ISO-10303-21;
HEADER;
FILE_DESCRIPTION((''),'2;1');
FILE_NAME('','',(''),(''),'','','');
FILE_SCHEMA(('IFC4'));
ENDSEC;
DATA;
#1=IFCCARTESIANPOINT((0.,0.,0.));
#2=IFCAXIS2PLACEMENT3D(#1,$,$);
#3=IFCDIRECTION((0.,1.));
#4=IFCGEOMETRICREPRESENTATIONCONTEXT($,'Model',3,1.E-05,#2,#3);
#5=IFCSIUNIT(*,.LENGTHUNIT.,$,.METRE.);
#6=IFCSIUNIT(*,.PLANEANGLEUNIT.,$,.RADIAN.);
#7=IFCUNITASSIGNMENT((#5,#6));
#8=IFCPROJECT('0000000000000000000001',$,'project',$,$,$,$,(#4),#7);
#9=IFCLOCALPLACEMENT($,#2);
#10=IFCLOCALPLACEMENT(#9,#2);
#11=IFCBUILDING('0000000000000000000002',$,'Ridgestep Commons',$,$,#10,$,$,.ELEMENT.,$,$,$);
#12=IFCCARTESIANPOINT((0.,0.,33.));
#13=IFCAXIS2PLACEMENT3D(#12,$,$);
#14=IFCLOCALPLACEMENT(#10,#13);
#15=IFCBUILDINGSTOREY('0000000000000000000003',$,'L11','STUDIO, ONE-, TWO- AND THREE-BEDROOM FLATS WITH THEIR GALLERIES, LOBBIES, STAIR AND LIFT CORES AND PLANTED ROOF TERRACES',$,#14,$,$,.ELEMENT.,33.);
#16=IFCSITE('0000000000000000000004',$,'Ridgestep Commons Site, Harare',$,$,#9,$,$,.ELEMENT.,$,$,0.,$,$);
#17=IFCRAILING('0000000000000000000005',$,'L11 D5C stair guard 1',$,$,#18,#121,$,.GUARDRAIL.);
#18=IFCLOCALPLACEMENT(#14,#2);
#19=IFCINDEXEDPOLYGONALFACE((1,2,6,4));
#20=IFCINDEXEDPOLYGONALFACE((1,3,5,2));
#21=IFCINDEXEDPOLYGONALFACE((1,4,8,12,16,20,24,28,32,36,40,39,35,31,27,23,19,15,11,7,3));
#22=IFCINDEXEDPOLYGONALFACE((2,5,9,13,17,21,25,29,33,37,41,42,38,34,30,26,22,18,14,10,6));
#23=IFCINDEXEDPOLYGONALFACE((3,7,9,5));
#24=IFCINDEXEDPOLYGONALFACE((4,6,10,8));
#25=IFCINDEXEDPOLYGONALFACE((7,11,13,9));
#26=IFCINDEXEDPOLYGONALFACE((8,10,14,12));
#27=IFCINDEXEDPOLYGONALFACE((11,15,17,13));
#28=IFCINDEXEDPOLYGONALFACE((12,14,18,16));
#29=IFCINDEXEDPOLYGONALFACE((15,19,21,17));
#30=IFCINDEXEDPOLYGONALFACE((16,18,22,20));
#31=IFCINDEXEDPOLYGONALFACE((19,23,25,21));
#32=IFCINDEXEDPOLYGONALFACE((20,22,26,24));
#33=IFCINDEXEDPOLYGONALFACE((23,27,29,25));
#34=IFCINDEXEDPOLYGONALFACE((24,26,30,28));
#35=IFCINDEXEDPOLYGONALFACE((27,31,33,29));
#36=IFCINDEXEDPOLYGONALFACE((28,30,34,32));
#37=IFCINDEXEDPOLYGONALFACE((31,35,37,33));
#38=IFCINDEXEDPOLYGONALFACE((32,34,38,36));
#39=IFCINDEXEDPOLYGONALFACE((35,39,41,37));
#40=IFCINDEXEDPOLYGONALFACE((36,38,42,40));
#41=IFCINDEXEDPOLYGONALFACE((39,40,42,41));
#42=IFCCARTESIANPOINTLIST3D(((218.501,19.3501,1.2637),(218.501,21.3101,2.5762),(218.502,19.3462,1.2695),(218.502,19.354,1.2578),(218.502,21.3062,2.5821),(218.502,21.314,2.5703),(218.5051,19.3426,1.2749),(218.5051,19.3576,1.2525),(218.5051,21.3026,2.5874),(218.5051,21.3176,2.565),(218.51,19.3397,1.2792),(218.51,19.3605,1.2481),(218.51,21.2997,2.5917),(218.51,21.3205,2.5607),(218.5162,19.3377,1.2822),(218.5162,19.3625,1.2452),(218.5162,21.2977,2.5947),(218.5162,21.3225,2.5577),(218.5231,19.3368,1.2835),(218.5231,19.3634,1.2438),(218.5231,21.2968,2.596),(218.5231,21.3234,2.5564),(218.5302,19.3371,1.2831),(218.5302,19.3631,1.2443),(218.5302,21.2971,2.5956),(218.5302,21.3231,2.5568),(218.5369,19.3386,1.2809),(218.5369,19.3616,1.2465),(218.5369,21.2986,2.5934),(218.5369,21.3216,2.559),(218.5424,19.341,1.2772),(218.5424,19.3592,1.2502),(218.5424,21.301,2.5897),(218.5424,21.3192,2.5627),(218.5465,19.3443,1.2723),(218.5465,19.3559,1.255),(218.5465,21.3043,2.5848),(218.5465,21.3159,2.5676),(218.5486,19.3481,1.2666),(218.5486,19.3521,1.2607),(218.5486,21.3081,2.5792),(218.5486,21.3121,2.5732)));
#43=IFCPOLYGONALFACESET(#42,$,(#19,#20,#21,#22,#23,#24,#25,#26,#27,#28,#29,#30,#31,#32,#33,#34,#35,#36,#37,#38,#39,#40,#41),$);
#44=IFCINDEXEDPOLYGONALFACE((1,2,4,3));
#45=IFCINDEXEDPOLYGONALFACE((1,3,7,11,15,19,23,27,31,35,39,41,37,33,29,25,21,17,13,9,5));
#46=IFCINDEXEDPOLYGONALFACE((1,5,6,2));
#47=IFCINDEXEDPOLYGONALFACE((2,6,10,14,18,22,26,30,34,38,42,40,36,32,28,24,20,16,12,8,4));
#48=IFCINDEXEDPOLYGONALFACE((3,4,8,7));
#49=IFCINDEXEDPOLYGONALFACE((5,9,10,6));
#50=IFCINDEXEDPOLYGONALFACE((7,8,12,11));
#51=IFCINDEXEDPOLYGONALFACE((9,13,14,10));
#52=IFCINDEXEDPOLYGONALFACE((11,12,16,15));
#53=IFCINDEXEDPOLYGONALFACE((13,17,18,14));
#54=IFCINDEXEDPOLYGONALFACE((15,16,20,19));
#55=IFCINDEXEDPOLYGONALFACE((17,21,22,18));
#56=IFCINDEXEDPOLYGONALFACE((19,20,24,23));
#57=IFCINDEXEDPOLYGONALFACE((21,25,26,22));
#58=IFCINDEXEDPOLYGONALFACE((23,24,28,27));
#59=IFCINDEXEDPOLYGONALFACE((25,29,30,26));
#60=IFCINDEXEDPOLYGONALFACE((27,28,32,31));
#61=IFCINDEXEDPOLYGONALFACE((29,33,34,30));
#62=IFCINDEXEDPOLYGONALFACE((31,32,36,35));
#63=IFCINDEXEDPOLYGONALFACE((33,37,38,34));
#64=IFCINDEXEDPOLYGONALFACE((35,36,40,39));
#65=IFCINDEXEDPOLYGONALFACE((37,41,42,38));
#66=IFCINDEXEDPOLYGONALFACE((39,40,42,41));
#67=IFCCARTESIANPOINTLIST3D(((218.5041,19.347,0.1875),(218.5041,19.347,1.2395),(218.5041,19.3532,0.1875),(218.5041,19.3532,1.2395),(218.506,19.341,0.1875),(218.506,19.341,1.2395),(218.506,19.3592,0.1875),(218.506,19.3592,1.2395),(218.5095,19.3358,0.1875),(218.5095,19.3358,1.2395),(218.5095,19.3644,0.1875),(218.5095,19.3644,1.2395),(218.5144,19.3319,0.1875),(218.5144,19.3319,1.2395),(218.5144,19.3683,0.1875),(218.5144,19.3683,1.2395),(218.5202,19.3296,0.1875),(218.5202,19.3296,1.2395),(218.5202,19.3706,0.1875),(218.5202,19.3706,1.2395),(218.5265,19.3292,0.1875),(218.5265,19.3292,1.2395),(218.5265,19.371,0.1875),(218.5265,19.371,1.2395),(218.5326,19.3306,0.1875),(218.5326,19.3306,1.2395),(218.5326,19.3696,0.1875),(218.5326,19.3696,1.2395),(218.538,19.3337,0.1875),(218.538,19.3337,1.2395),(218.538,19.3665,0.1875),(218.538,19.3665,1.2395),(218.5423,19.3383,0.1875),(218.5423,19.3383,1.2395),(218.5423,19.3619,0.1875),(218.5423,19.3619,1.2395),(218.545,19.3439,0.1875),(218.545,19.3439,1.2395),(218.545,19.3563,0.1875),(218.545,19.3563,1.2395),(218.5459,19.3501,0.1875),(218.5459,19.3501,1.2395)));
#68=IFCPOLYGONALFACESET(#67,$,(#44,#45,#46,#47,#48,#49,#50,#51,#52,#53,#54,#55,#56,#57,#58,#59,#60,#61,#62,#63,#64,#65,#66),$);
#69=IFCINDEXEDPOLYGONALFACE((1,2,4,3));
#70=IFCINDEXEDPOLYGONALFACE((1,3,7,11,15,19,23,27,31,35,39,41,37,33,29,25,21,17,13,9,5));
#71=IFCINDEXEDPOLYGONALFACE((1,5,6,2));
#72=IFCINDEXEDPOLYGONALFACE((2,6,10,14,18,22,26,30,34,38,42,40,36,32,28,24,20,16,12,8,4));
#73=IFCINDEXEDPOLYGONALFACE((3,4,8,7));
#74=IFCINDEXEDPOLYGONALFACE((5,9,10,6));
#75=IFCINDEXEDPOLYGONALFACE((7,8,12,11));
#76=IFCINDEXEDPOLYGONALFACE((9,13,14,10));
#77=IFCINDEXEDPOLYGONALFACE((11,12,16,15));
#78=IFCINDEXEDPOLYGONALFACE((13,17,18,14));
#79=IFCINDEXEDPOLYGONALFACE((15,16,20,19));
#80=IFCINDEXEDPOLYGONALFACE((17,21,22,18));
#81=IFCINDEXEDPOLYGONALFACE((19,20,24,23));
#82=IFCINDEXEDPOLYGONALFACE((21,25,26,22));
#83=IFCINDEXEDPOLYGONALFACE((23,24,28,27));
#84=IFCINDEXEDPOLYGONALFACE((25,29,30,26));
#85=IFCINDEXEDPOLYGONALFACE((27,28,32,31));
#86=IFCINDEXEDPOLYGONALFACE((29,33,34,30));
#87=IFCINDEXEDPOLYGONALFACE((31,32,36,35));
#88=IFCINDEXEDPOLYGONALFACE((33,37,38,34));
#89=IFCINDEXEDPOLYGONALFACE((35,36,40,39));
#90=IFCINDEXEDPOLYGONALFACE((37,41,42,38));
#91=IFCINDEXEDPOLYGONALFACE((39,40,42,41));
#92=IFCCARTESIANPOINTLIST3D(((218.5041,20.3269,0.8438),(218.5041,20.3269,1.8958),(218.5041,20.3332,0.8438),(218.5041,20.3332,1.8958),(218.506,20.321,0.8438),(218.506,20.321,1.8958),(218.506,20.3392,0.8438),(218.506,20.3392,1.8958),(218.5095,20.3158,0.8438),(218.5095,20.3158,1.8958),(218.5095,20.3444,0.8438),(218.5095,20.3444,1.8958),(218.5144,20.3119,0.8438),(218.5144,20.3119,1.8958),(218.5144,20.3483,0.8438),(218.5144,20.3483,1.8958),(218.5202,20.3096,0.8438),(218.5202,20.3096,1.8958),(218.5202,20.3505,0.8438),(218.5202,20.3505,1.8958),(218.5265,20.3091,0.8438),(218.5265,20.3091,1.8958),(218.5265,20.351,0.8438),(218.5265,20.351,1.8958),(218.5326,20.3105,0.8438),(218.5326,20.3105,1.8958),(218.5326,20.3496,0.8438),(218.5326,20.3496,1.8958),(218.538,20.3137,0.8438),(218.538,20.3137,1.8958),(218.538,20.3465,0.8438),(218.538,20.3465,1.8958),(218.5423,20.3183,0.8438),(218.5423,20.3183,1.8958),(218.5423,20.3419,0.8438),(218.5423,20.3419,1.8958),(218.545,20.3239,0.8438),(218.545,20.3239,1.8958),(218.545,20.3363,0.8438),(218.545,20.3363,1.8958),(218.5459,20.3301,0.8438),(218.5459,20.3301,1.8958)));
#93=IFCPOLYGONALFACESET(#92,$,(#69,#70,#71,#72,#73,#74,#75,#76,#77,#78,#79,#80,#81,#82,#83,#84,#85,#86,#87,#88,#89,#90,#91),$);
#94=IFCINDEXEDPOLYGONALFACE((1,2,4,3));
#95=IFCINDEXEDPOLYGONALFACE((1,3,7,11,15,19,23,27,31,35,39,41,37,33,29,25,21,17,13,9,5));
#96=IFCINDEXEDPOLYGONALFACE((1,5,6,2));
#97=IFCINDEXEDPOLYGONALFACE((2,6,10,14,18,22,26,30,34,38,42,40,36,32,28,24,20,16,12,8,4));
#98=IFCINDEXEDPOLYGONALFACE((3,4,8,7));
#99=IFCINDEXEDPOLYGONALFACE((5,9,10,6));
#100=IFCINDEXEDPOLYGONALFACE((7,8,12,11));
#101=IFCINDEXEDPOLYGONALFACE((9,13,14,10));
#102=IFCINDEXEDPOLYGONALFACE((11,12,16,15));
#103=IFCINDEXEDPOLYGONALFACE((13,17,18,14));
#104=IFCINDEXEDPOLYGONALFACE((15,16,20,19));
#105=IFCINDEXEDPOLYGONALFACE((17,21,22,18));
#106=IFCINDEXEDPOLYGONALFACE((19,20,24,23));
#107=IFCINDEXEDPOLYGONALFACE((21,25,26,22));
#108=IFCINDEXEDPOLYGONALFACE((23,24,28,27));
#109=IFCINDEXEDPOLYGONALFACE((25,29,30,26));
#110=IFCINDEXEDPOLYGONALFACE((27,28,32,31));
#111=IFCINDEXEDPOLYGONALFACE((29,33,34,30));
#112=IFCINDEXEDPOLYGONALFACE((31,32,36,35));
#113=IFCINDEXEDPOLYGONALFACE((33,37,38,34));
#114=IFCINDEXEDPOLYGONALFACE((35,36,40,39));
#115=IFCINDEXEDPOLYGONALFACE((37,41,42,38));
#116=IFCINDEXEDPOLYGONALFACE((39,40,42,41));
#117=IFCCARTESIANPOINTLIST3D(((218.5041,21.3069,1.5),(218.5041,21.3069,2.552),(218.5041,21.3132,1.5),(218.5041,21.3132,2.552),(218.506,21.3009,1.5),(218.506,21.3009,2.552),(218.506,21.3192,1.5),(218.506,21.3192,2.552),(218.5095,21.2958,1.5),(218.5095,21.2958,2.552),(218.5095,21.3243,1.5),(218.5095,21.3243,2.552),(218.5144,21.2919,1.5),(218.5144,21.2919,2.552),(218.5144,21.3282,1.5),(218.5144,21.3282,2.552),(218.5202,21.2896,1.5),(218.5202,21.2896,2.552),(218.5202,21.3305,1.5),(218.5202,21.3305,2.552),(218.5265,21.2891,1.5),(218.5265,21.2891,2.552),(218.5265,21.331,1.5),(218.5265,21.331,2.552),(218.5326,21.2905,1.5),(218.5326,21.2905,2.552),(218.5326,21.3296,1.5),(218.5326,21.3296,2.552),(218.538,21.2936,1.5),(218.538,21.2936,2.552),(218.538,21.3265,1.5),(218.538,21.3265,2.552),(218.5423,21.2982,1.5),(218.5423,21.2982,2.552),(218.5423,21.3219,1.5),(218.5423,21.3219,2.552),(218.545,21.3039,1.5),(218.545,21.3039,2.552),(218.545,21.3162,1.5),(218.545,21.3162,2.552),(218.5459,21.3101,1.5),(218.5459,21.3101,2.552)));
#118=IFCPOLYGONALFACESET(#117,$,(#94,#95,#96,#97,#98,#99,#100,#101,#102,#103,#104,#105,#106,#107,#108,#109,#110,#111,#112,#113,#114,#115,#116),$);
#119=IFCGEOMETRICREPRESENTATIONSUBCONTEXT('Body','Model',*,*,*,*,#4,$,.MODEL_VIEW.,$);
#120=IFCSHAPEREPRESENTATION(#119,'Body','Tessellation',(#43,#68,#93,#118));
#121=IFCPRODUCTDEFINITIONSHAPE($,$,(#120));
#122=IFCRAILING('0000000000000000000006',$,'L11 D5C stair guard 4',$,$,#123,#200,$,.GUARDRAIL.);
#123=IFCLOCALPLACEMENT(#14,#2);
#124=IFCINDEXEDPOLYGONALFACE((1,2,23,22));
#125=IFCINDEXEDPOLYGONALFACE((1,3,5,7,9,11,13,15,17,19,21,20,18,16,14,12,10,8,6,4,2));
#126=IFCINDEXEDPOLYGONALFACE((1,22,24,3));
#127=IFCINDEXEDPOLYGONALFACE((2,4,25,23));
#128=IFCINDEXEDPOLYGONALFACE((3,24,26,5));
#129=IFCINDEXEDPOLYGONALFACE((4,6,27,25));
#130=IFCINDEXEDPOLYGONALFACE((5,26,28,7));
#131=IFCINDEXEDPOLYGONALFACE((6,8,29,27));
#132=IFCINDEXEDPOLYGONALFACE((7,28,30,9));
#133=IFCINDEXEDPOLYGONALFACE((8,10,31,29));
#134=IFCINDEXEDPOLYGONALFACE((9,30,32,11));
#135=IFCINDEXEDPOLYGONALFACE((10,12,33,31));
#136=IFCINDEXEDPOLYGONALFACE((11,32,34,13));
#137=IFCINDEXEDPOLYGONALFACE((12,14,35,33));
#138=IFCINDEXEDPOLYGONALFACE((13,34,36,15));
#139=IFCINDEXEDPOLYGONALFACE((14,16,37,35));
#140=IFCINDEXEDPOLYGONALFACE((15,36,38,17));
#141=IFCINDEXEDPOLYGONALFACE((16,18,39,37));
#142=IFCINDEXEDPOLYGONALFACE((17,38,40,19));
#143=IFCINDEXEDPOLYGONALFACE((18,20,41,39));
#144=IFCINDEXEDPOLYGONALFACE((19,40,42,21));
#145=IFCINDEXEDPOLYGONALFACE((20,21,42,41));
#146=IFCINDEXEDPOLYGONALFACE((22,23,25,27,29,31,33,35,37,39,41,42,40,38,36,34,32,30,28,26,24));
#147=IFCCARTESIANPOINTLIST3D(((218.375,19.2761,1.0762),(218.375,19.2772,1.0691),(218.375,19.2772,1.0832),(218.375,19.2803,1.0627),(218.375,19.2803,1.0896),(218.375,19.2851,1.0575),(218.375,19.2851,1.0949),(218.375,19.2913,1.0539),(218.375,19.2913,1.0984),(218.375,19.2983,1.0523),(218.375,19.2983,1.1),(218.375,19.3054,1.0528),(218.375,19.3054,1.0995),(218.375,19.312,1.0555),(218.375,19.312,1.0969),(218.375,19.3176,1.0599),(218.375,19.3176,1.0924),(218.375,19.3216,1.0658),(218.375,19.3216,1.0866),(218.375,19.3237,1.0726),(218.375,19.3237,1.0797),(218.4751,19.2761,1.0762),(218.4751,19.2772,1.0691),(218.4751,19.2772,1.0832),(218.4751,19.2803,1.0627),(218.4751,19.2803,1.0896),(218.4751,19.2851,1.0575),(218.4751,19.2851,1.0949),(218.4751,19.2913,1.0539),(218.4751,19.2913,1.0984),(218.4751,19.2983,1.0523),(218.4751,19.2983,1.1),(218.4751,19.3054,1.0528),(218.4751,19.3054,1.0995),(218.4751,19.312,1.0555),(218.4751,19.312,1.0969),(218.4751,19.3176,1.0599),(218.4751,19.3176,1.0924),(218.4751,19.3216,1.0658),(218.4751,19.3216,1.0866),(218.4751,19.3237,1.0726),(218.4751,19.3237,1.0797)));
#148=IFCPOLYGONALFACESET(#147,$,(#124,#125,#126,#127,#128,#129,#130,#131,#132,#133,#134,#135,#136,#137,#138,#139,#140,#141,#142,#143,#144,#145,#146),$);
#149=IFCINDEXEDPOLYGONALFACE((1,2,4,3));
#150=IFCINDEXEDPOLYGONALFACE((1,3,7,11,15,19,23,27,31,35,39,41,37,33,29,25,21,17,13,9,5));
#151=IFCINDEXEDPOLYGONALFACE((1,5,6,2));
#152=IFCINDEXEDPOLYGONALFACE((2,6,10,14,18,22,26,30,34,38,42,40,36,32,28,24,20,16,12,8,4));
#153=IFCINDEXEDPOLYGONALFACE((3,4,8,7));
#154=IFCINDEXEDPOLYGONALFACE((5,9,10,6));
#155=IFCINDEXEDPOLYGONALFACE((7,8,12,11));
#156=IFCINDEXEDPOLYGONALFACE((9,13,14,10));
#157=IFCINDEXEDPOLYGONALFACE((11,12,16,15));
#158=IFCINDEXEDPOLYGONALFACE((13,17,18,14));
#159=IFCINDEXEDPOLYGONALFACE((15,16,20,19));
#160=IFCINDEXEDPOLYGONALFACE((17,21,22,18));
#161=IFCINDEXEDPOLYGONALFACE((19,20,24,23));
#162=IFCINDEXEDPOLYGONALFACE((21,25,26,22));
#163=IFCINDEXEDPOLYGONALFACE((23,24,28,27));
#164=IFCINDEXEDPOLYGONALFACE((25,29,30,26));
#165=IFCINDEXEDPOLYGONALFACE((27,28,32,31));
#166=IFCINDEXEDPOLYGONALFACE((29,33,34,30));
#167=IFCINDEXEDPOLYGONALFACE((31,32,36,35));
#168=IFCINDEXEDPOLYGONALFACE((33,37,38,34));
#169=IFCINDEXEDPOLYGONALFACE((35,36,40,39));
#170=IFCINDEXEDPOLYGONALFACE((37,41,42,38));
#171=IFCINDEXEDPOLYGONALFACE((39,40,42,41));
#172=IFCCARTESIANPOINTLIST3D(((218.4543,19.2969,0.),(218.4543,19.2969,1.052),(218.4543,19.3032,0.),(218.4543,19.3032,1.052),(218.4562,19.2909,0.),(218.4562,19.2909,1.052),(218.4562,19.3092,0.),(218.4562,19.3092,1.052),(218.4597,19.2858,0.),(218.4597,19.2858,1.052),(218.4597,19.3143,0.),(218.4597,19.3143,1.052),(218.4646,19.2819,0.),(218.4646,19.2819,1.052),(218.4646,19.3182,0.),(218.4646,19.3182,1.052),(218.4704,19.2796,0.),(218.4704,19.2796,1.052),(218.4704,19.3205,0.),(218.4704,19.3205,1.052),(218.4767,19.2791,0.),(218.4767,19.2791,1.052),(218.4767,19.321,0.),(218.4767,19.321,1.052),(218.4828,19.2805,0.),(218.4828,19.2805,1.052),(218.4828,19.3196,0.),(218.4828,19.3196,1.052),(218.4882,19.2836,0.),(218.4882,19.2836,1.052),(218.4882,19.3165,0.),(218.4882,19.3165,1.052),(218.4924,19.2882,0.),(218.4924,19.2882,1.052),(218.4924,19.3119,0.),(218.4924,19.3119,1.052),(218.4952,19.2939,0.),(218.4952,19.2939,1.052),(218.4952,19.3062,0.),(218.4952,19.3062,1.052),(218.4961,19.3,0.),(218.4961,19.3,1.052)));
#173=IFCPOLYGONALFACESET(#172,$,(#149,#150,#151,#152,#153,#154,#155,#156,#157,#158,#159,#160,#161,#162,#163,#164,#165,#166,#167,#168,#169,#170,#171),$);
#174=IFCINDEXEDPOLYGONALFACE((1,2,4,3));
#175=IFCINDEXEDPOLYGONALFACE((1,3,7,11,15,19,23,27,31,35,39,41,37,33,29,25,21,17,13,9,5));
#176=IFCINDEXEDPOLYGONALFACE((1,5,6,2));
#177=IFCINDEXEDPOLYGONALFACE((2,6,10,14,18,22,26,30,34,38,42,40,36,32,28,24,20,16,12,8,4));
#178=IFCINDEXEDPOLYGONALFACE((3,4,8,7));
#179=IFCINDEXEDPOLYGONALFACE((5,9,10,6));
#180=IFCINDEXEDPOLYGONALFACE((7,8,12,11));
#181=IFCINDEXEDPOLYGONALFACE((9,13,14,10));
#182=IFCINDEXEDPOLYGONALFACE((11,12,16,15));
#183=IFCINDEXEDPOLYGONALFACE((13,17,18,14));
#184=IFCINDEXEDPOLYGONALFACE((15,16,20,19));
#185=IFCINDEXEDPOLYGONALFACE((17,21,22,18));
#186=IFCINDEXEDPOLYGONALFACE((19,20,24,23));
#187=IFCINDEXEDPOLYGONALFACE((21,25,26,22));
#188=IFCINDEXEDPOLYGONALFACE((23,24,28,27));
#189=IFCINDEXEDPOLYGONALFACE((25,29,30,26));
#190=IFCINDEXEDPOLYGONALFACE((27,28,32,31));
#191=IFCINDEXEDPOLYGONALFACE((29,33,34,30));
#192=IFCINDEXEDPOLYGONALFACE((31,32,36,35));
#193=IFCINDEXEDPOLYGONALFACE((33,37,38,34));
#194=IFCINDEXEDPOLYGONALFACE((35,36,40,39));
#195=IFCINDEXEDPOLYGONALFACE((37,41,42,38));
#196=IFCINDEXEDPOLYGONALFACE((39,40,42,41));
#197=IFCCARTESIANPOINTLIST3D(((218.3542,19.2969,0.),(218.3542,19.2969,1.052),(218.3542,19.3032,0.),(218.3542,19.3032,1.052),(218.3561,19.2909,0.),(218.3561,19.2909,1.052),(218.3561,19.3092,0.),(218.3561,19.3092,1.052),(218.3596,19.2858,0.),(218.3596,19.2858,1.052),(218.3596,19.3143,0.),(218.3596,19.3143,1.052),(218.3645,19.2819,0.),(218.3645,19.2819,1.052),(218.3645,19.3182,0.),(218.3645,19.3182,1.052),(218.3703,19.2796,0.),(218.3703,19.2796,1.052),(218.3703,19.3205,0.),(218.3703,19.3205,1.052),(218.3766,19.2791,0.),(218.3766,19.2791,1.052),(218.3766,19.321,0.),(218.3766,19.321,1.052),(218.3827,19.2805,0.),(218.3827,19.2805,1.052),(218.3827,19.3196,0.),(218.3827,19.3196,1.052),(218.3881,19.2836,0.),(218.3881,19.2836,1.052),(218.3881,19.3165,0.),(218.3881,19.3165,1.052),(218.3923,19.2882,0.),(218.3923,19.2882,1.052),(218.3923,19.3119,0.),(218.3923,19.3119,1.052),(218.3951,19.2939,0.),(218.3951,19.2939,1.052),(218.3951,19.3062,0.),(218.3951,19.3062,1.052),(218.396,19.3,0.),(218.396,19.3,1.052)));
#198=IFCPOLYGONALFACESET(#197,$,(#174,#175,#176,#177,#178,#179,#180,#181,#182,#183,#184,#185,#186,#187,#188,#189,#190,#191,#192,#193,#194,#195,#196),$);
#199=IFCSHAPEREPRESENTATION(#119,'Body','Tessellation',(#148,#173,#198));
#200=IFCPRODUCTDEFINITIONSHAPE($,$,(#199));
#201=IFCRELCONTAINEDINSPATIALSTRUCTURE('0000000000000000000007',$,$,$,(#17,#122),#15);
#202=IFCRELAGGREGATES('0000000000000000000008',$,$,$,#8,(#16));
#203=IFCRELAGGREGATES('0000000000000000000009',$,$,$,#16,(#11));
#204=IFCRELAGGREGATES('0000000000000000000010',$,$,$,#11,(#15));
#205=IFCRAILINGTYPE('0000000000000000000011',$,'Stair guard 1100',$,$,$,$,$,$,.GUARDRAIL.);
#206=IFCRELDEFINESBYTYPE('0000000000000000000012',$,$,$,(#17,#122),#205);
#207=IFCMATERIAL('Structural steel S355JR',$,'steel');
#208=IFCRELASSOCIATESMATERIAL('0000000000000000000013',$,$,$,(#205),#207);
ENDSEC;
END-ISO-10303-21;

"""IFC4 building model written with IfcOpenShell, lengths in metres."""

from ifc_helpers import new_model, si_unit, direction, frame, origin, origin_2d, place, context, subcontext, project, spatial, circle, extrude, material, type_object, element, save


model = new_model("IFC4")

# Units and contexts
model_context = context("Model", 3, precision=1e-05, world=origin(), true_north=direction((0.0, 1.0)))
body_context = subcontext(model_context, "Body", "Model", "MODEL_VIEW")
ifc_project = project(units=[si_unit("LENGTHUNIT", "METRE"), si_unit("PLANEANGLEUNIT", "RADIAN")], contexts=[model_context])

# Site, building, storey
site_placement = place(None, origin())
site = spatial("IfcSite", under=ifc_project, at=site_placement, Name="Ridgestep Commons Site, Harare", CompositionType="ELEMENT", RefElevation=0.0)
building_placement = place(site_placement, origin())
building = spatial("IfcBuilding", under=site, at=building_placement, Name="Ridgestep Commons", CompositionType="ELEMENT")
storey_placement = place(building_placement, frame((0.0, 0.0, 33.0)))
storey = spatial("IfcBuildingStorey", under=building, at=storey_placement, Name="L11", Description="STUDIO, ONE-, TWO- AND THREE-BEDROOM FLATS WITH THEIR GALLERIES, LOBBIES, STAIR AND LIFT CORES AND PLANTED ROOF TERRACES", CompositionType="ELEMENT", Elevation=33.0)

# Railings
ifc_material_1 = material(Name="Structural steel S355JR", Category="steel")
railing_type_1 = type_object("IfcRailingType", Name="Stair guard 1100", PredefinedType="GUARDRAIL", material=ifc_material_1)
railing_1_placement = place(storey_placement, frame((218.5249, 19.3501, 0.1875)))
element("IfcRailing", 1, at=railing_1_placement, inside=storey, type_object=railing_type_1, Name="L11 D5C stair guard 1", PredefinedType="GUARDRAIL", context=body_context, shape_type="SweptSolid", body=[
    extrude(circle(Radius=0.0239, at=origin_2d()), frame((0.0, 0.0, 1.0762), z_axis=(0.0, 0.830902, 0.556419), x_axis=(-1.0, 0.0, 0.0)), (0.0, 0.0, 1.0), 2.3589),
    extrude(circle(Radius=0.021, at=origin_2d()), origin(), (0.0, 0.0, 1.0), 1.052),
    extrude(circle(Radius=0.021, at=origin_2d()), frame((0.0, 0.98, 0.6562)), (0.0, 0.0, 1.0), 1.052),
    extrude(circle(Radius=0.021, at=origin_2d()), frame((0.0, 1.96, 1.3125)), (0.0, 0.0, 1.0), 1.052),
])
railing_2_placement = place(storey_placement, frame((218.4751, 19.3, 0.0)))
element("IfcRailing", 2, at=railing_2_placement, inside=storey, type_object=railing_type_1, Name="L11 D5C stair guard 4", PredefinedType="GUARDRAIL", context=body_context, shape_type="SweptSolid", body=[
    extrude(circle(Radius=0.0239, at=origin_2d()), frame((0.0, 0.0, 1.0762), z_axis=(-1.0, 0.0, 0.0), x_axis=(0.0, -1.0, 0.0)), (0.0, 0.0, 1.0), 0.1001),
    extrude(circle(Radius=0.021, at=origin_2d()), origin(), (0.0, 0.0, 1.0), 1.052),
    extrude(circle(Radius=0.021, at=origin_2d()), frame((-0.1001, 0.0, 0.0)), (0.0, 0.0, 1.0), 1.052),
])

save(model, "model.ifc")
